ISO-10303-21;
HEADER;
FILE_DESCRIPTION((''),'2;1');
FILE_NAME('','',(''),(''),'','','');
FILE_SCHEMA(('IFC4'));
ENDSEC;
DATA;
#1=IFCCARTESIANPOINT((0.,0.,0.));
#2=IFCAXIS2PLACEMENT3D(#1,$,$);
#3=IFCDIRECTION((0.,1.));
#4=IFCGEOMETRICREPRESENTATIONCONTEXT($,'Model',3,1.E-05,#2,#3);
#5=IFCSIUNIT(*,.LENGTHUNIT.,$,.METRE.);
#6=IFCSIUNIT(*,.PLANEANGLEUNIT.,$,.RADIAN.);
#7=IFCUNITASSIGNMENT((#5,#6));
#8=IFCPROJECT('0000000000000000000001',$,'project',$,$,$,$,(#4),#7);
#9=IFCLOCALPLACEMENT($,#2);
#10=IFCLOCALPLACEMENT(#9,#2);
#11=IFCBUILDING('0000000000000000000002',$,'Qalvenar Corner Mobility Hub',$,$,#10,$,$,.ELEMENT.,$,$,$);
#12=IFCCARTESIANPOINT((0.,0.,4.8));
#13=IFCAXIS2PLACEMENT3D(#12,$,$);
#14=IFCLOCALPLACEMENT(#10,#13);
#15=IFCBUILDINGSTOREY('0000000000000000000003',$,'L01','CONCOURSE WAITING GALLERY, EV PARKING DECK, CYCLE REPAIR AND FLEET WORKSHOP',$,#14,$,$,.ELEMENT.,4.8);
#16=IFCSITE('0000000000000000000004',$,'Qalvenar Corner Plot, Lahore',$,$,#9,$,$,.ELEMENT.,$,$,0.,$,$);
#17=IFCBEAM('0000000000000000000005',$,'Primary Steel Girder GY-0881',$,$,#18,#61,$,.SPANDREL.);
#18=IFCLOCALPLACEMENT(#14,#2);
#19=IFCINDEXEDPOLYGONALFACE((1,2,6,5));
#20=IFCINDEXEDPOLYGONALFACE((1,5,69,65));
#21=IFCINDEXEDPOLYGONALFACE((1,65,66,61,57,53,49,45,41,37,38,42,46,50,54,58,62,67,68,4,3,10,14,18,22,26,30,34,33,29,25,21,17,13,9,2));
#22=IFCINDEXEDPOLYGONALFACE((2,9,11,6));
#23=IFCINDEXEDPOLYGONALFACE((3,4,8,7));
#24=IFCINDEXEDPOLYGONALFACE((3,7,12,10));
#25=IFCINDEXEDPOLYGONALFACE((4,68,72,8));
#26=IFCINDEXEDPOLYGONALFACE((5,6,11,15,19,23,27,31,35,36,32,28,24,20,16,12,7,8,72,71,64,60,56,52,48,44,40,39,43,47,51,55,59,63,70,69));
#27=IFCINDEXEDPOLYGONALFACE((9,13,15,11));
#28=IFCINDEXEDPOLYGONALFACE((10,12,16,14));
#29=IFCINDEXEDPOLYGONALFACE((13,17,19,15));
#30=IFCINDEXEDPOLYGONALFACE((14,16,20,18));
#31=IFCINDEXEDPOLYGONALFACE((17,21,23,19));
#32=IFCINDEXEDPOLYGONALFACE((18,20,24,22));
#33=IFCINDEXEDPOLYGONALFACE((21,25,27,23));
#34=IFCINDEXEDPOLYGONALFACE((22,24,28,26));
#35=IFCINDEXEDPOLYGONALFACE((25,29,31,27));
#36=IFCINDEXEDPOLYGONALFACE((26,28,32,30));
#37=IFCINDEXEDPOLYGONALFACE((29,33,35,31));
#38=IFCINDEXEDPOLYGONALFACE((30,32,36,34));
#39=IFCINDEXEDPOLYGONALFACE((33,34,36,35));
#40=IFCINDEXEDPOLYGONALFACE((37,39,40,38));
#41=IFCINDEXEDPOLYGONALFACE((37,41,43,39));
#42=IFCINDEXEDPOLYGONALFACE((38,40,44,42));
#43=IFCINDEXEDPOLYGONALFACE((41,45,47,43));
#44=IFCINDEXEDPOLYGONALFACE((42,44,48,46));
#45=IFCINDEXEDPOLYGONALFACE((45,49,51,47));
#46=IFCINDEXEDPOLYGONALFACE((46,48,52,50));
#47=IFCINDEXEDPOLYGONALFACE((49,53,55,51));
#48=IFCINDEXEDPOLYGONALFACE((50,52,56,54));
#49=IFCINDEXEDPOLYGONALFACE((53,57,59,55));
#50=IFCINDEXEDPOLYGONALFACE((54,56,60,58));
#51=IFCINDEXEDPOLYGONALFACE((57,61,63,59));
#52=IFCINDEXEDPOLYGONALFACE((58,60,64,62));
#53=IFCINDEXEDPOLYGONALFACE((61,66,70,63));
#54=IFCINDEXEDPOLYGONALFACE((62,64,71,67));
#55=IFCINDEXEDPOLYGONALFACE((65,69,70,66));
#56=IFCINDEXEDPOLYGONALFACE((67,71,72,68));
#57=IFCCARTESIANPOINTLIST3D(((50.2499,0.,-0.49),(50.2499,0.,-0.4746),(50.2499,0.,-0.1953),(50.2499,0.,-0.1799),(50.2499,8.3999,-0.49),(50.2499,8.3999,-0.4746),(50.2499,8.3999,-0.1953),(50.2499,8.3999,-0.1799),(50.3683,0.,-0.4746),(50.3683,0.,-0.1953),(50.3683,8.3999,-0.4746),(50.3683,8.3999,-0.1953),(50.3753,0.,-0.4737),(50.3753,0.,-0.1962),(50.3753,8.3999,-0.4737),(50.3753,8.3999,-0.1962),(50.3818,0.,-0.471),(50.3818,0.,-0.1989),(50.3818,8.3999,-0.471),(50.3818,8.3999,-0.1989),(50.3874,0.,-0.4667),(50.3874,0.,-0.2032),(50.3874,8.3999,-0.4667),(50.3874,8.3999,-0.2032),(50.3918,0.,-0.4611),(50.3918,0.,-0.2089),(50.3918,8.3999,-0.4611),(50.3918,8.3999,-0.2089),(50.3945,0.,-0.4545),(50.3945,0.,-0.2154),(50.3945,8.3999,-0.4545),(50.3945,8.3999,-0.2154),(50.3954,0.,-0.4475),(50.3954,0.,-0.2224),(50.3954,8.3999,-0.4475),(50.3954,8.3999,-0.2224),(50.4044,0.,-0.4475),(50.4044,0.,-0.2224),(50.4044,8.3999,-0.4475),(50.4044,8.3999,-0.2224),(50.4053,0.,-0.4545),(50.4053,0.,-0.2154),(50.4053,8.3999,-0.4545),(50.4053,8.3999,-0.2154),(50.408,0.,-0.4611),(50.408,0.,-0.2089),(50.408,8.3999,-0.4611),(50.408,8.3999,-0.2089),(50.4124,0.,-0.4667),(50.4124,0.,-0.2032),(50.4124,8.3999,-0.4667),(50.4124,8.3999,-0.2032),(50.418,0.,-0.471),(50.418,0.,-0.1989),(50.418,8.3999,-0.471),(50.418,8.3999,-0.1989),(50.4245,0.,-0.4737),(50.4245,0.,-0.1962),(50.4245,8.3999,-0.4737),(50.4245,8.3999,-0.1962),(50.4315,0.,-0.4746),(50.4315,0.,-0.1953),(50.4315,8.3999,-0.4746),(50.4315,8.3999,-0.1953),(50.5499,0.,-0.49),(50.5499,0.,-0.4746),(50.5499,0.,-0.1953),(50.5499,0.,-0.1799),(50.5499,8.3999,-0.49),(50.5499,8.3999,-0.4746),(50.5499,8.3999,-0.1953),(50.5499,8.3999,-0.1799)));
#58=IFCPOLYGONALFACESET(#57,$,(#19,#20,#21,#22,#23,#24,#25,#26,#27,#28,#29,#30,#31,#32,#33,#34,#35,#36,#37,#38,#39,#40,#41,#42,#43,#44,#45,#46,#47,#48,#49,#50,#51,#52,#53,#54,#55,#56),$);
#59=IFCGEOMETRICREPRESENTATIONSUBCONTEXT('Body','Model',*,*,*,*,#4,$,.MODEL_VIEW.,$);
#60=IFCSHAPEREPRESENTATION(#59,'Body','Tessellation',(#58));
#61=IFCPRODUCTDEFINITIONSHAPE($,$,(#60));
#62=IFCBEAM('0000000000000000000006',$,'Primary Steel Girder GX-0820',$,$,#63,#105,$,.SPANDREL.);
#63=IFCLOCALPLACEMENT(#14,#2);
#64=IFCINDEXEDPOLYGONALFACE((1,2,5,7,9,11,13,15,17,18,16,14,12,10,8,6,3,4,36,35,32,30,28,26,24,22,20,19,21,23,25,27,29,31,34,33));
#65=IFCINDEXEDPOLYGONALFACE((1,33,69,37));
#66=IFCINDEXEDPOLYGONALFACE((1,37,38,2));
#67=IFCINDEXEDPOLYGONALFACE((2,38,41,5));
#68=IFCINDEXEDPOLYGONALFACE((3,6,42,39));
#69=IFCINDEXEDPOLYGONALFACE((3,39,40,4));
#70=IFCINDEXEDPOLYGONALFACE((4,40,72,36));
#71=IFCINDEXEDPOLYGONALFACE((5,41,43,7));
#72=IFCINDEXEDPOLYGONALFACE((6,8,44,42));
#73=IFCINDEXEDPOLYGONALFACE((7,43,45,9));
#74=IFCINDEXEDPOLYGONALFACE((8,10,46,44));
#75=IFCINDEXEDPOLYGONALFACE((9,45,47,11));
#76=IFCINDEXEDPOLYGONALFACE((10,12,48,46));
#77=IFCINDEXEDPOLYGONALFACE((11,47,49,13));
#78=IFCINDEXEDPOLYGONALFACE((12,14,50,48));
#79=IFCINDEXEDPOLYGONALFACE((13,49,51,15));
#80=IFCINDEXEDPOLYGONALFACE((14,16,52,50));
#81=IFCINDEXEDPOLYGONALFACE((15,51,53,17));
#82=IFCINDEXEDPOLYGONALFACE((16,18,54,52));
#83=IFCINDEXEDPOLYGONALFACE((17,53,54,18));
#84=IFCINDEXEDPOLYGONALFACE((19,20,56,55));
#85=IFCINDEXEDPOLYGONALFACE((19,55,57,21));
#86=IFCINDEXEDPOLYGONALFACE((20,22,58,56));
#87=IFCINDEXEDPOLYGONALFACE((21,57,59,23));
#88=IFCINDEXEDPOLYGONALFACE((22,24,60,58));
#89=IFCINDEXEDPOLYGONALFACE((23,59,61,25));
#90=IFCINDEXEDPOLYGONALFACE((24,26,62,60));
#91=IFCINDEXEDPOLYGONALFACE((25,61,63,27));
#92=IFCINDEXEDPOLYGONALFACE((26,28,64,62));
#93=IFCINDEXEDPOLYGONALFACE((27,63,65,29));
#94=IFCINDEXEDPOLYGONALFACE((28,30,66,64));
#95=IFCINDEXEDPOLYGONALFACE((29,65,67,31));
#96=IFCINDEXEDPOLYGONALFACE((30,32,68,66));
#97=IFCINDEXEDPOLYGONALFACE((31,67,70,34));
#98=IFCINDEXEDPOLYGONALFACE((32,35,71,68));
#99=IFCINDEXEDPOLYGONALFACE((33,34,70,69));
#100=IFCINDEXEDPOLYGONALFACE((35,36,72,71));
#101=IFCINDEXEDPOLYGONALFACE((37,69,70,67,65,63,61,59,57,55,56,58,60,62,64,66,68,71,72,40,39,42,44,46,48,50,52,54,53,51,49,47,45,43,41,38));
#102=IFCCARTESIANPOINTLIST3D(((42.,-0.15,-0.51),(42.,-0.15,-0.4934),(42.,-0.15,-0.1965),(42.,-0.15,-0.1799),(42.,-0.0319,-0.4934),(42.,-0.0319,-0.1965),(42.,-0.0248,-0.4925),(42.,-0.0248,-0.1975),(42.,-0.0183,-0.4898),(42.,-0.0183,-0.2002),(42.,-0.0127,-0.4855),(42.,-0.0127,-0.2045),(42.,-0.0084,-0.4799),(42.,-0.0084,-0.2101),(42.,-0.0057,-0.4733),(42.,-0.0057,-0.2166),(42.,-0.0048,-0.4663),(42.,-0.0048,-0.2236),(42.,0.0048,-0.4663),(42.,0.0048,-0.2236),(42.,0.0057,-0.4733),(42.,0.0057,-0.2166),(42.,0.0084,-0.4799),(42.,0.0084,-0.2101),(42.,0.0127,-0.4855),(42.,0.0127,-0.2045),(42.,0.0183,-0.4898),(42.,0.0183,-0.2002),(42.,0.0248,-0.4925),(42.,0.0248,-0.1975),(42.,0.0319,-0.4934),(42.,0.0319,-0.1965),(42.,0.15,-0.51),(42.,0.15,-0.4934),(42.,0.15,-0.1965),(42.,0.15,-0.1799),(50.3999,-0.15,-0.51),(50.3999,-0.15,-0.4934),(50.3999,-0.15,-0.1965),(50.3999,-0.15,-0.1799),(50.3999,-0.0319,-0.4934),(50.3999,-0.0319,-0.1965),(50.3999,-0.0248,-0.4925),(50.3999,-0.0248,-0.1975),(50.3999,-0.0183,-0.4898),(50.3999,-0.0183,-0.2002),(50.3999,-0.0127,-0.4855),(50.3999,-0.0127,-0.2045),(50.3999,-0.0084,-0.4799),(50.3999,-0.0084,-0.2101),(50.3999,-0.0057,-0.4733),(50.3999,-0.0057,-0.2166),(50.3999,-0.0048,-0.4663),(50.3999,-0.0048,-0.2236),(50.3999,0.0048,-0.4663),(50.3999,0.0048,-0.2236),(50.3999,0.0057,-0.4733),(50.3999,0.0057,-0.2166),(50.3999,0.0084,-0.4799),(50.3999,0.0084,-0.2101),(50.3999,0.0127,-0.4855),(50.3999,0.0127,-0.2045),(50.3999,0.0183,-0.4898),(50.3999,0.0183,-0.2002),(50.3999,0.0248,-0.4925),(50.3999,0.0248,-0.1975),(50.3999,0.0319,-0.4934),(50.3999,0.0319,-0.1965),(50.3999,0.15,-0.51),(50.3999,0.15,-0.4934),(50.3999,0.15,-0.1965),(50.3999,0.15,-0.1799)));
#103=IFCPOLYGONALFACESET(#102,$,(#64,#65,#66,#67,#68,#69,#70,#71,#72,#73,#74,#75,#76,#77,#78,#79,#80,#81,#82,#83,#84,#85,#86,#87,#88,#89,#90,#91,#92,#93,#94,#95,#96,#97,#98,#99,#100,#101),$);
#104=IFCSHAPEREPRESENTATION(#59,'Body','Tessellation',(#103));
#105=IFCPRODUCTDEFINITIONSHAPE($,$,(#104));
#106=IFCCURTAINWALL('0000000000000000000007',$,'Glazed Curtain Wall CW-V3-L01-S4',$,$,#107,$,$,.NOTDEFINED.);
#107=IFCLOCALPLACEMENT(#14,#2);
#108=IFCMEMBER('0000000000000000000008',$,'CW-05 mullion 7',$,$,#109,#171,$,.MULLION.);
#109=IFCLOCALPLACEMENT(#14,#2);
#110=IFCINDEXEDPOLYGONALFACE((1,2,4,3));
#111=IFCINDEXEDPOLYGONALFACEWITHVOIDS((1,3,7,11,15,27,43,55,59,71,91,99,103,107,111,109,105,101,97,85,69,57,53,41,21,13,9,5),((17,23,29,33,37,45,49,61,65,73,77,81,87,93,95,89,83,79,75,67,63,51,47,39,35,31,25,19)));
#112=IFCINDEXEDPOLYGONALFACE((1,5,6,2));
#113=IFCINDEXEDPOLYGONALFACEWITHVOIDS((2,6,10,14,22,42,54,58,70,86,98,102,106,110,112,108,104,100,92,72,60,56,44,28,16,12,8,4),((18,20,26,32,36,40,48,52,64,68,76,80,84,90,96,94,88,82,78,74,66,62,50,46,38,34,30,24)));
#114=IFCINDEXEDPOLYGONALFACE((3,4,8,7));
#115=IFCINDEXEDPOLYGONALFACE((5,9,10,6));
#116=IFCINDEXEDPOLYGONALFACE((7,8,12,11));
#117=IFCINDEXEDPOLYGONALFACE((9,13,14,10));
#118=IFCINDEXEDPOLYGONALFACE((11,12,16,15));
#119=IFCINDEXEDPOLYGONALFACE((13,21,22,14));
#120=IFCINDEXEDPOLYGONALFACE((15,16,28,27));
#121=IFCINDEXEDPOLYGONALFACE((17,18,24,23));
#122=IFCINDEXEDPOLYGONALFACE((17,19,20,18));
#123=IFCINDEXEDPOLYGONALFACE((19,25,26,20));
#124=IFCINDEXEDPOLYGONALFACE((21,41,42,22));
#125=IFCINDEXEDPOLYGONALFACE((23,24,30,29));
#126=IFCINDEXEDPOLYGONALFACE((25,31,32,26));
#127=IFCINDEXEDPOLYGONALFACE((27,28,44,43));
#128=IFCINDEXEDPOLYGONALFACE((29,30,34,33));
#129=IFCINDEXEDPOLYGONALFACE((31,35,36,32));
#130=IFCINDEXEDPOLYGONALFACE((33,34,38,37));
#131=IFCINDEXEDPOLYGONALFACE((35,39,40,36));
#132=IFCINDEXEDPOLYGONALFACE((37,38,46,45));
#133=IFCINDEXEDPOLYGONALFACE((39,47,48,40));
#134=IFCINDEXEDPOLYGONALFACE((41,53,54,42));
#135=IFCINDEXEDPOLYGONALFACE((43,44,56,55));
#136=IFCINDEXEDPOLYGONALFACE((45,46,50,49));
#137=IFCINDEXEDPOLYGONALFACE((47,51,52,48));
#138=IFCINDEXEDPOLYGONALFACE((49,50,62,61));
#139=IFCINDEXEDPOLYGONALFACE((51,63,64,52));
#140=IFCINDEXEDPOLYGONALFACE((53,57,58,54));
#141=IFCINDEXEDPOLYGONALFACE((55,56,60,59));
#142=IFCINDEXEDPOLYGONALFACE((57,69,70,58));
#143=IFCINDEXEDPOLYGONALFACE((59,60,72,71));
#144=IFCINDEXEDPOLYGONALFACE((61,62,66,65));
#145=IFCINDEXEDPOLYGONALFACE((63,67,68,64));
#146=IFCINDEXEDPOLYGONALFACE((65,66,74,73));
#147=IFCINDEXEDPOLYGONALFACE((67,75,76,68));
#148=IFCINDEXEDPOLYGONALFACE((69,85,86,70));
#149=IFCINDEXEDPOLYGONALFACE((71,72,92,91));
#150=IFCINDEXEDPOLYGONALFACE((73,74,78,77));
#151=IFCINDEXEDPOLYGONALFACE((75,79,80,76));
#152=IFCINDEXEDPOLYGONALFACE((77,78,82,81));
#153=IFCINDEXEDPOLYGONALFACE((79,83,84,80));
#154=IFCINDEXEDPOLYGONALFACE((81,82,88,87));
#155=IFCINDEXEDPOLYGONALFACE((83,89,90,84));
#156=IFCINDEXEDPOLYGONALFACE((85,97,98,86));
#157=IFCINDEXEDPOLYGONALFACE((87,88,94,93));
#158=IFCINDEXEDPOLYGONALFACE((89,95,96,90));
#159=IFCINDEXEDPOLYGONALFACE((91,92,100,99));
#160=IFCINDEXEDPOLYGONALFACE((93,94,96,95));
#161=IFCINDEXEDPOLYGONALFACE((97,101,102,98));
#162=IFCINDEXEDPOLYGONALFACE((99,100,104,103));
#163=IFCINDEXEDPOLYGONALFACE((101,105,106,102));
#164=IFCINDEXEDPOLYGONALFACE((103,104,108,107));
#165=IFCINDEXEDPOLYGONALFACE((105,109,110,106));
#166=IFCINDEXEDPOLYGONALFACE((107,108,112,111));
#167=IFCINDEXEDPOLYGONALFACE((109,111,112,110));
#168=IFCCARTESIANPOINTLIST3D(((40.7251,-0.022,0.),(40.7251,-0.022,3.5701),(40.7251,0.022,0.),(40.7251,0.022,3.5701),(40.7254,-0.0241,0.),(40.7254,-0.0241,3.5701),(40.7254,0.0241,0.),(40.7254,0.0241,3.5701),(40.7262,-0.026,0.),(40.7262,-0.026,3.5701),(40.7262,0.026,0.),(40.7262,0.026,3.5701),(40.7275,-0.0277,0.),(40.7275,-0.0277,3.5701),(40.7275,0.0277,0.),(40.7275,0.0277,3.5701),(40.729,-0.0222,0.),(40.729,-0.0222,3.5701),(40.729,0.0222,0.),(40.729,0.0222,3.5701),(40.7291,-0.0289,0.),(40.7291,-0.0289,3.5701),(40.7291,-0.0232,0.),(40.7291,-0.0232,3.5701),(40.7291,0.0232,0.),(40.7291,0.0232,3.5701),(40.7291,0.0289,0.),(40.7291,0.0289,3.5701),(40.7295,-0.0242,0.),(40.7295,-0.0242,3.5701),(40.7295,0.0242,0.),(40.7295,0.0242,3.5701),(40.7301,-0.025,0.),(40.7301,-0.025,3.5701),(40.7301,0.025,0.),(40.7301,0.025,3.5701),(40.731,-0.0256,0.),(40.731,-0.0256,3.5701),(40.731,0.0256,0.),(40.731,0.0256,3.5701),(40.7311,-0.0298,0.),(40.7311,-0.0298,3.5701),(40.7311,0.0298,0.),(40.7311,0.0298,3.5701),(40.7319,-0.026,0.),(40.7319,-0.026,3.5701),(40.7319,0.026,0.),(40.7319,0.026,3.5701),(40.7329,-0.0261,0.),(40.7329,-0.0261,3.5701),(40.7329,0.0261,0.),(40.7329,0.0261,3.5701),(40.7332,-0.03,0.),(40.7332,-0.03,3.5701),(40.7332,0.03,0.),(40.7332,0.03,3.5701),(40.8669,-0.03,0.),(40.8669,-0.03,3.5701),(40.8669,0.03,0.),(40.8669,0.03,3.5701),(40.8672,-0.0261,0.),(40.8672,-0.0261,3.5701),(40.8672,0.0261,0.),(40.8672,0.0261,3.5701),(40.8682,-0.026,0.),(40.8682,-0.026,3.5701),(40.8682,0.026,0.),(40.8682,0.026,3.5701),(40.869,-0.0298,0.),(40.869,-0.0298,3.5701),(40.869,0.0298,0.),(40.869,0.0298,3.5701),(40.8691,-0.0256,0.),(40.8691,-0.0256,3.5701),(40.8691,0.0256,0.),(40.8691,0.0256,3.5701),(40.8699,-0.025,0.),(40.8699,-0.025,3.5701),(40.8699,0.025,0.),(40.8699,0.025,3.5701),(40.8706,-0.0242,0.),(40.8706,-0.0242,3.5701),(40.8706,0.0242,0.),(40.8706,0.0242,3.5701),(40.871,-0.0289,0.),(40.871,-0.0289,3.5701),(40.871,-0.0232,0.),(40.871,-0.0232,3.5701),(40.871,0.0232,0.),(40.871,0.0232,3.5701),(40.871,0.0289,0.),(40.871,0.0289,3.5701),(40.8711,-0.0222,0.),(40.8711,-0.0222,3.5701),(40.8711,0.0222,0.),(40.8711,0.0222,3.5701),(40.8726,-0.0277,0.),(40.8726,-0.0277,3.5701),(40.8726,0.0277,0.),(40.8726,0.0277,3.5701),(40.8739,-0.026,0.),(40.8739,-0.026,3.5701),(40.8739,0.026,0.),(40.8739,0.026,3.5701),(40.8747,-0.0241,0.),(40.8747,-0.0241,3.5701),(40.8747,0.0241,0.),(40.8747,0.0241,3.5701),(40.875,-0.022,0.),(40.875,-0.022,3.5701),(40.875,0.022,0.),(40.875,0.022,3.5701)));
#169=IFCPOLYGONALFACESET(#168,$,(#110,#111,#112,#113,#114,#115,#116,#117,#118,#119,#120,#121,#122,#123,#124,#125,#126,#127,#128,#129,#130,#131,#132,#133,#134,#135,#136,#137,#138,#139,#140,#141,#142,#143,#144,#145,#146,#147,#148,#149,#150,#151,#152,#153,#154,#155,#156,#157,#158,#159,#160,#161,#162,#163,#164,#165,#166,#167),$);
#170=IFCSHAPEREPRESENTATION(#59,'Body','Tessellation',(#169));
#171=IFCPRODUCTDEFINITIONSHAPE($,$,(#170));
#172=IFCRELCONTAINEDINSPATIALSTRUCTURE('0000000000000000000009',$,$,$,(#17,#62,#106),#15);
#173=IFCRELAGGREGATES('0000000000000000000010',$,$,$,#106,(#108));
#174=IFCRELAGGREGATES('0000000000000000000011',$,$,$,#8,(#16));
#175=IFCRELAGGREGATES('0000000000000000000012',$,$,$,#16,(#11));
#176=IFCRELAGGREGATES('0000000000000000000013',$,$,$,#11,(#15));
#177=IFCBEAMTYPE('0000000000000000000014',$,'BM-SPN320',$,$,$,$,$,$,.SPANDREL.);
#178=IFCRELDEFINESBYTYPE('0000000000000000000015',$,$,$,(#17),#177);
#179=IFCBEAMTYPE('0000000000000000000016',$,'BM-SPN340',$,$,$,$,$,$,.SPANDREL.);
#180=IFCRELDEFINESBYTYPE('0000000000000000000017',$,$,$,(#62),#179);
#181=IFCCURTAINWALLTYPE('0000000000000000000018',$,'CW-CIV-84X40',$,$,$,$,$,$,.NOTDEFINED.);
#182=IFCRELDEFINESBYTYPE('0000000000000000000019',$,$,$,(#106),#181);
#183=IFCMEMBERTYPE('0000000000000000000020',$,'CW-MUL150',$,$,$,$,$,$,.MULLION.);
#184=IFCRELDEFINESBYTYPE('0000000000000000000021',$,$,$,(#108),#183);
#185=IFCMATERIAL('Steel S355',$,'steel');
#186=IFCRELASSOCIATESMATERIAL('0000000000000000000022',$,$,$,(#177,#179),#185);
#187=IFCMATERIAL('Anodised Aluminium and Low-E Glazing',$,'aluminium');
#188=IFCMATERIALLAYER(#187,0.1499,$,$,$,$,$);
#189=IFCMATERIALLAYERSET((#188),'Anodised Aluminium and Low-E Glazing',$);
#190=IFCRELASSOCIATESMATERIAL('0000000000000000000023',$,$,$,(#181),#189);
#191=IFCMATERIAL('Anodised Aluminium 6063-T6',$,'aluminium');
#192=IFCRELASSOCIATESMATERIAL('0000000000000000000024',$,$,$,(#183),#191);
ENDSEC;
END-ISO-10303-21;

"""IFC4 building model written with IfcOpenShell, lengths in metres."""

from ifc_helpers import new_model, si_unit, direction, frame, origin, origin_2d, place, context, subcontext, project, spatial, hollow_rectangle, i_section, extrude, material, layer, layer_set, material_profile, profile_set, type_object, element, aggregate, save


model = new_model("IFC4")

# Units and contexts
model_context = context("Model", 3, precision=1e-05, world=origin(), true_north=direction((0.0, 1.0)))
body_context = subcontext(model_context, "Body", "Model", "MODEL_VIEW")
ifc_project = project(units=[si_unit("LENGTHUNIT", "METRE"), si_unit("PLANEANGLEUNIT", "RADIAN")], contexts=[model_context])

# Site, building, storey
site_placement = place(None, origin())
site = spatial("IfcSite", under=ifc_project, at=site_placement, Name="Qalvenar Corner Plot, Lahore", CompositionType="ELEMENT", RefElevation=0.0)
building_placement = place(site_placement, origin())
building = spatial("IfcBuilding", under=site, at=building_placement, Name="Qalvenar Corner Mobility Hub", CompositionType="ELEMENT")
storey_placement = place(building_placement, frame((0.0, 0.0, 4.8)))
storey = spatial("IfcBuildingStorey", under=building, at=storey_placement, Name="L01", Description="CONCOURSE WAITING GALLERY, EV PARKING DECK, CYCLE REPAIR AND FLEET WORKSHOP", CompositionType="ELEMENT", Elevation=4.8)

# Shared definitions
ifc_material_1 = material(Name="Steel S355", Category="steel")

# Beams
ifc_material_profile_1 = material_profile(ifc_material_1, i_section(OverallWidth=0.3, OverallDepth=0.3101, WebThickness=0.009, FlangeThickness=0.0154, FilletRadius=0.0271, at=origin_2d()), Name="HEA320")
ifc_profile_set_1 = profile_set([ifc_material_profile_1], Name="Steel S355")
beam_type_1 = type_object("IfcBeamType", Name="BM-SPN320", PredefinedType="SPANDREL", material=ifc_profile_set_1)
beam_1_placement = place(storey_placement, frame((50.3999, 0.0, -0.335), z_axis=(0.0, 1.0, 0.0), x_axis=(-1.0, 0.0, 0.0)))
element("IfcBeam", 1, at=beam_1_placement, inside=storey, type_object=beam_type_1, Name="Primary Steel Girder GY-0881", PredefinedType="SPANDREL", context=body_context, shape_type="SweptSolid", body=[
    extrude(i_section(OverallWidth=0.3, OverallDepth=0.3101, WebThickness=0.009, FlangeThickness=0.0154, FilletRadius=0.0271, at=origin_2d()), origin(), (0.0, 0.0, 1.0), 8.3999),
])
ifc_material_profile_2 = material_profile(ifc_material_1, i_section(OverallWidth=0.3, OverallDepth=0.3301, WebThickness=0.0095, FlangeThickness=0.0166, FilletRadius=0.0271, at=origin_2d()), Name="HEA340")
ifc_profile_set_2 = profile_set([ifc_material_profile_2], Name="Steel S355")
beam_type_2 = type_object("IfcBeamType", Name="BM-SPN340", PredefinedType="SPANDREL", material=ifc_profile_set_2)
beam_2_placement = place(storey_placement, frame((42.0, 0.0, -0.345), z_axis=(1.0, 0.0, 0.0), x_axis=(0.0, 1.0, 0.0)))
element("IfcBeam", 2, at=beam_2_placement, inside=storey, type_object=beam_type_2, Name="Primary Steel Girder GX-0820", PredefinedType="SPANDREL", context=body_context, shape_type="SweptSolid", body=[
    extrude(i_section(OverallWidth=0.3, OverallDepth=0.3301, WebThickness=0.0095, FlangeThickness=0.0166, FilletRadius=0.0271, at=origin_2d()), origin(), (0.0, 0.0, 1.0), 8.3999),
])

# Curtain wall, member
ifc_material_2 = material(Name="Anodised Aluminium and Low-E Glazing", Category="aluminium")
ifc_layer_1 = layer(ifc_material_2, 0.1499)
ifc_layer_set_1 = layer_set([ifc_layer_1], Name="Anodised Aluminium and Low-E Glazing")
curtain_wall_type_1 = type_object("IfcCurtainWallType", Name="CW-CIV-84X40", PredefinedType="NOTDEFINED", material=ifc_layer_set_1)
curtain_wall_1_placement = place(storey_placement, origin())
curtain_wall_1 = element("IfcCurtainWall", 3, at=curtain_wall_1_placement, inside=storey, type_object=curtain_wall_type_1, Name="Glazed Curtain Wall CW-V3-L01-S4", PredefinedType="NOTDEFINED")
ifc_material_3 = material(Name="Anodised Aluminium 6063-T6", Category="aluminium")
ifc_material_profile_3 = material_profile(ifc_material_3, hollow_rectangle(XDim=0.0601, YDim=0.1499, WallThickness=0.0039, InnerFilletRadius=0.0039, OuterFilletRadius=0.0081, at=origin_2d()), Name="RHS150x60x4")
ifc_profile_set_3 = profile_set([ifc_material_profile_3], Name="Anodised Aluminium 6063-T6")
member_type_1 = type_object("IfcMemberType", Name="CW-MUL150", PredefinedType="MULLION", material=ifc_profile_set_3)
member_1_placement = place(storey_placement, frame((40.8, 0.0, 0.0), z_axis=(0.0, 0.0, 1.0), x_axis=(0.0, 1.0, 0.0)))
member_1 = element("IfcMember", 4, at=member_1_placement, type_object=member_type_1, Name="CW-05 mullion 7", PredefinedType="MULLION", context=body_context, shape_type="SweptSolid", body=[
    extrude(hollow_rectangle(XDim=0.0601, YDim=0.1499, WallThickness=0.0039, InnerFilletRadius=0.0039, OuterFilletRadius=0.0081, at=origin_2d()), origin(), (0.0, 0.0, 1.0), 3.5701),
])

aggregate(curtain_wall_1, [member_1])

save(model, "model.ifc")
